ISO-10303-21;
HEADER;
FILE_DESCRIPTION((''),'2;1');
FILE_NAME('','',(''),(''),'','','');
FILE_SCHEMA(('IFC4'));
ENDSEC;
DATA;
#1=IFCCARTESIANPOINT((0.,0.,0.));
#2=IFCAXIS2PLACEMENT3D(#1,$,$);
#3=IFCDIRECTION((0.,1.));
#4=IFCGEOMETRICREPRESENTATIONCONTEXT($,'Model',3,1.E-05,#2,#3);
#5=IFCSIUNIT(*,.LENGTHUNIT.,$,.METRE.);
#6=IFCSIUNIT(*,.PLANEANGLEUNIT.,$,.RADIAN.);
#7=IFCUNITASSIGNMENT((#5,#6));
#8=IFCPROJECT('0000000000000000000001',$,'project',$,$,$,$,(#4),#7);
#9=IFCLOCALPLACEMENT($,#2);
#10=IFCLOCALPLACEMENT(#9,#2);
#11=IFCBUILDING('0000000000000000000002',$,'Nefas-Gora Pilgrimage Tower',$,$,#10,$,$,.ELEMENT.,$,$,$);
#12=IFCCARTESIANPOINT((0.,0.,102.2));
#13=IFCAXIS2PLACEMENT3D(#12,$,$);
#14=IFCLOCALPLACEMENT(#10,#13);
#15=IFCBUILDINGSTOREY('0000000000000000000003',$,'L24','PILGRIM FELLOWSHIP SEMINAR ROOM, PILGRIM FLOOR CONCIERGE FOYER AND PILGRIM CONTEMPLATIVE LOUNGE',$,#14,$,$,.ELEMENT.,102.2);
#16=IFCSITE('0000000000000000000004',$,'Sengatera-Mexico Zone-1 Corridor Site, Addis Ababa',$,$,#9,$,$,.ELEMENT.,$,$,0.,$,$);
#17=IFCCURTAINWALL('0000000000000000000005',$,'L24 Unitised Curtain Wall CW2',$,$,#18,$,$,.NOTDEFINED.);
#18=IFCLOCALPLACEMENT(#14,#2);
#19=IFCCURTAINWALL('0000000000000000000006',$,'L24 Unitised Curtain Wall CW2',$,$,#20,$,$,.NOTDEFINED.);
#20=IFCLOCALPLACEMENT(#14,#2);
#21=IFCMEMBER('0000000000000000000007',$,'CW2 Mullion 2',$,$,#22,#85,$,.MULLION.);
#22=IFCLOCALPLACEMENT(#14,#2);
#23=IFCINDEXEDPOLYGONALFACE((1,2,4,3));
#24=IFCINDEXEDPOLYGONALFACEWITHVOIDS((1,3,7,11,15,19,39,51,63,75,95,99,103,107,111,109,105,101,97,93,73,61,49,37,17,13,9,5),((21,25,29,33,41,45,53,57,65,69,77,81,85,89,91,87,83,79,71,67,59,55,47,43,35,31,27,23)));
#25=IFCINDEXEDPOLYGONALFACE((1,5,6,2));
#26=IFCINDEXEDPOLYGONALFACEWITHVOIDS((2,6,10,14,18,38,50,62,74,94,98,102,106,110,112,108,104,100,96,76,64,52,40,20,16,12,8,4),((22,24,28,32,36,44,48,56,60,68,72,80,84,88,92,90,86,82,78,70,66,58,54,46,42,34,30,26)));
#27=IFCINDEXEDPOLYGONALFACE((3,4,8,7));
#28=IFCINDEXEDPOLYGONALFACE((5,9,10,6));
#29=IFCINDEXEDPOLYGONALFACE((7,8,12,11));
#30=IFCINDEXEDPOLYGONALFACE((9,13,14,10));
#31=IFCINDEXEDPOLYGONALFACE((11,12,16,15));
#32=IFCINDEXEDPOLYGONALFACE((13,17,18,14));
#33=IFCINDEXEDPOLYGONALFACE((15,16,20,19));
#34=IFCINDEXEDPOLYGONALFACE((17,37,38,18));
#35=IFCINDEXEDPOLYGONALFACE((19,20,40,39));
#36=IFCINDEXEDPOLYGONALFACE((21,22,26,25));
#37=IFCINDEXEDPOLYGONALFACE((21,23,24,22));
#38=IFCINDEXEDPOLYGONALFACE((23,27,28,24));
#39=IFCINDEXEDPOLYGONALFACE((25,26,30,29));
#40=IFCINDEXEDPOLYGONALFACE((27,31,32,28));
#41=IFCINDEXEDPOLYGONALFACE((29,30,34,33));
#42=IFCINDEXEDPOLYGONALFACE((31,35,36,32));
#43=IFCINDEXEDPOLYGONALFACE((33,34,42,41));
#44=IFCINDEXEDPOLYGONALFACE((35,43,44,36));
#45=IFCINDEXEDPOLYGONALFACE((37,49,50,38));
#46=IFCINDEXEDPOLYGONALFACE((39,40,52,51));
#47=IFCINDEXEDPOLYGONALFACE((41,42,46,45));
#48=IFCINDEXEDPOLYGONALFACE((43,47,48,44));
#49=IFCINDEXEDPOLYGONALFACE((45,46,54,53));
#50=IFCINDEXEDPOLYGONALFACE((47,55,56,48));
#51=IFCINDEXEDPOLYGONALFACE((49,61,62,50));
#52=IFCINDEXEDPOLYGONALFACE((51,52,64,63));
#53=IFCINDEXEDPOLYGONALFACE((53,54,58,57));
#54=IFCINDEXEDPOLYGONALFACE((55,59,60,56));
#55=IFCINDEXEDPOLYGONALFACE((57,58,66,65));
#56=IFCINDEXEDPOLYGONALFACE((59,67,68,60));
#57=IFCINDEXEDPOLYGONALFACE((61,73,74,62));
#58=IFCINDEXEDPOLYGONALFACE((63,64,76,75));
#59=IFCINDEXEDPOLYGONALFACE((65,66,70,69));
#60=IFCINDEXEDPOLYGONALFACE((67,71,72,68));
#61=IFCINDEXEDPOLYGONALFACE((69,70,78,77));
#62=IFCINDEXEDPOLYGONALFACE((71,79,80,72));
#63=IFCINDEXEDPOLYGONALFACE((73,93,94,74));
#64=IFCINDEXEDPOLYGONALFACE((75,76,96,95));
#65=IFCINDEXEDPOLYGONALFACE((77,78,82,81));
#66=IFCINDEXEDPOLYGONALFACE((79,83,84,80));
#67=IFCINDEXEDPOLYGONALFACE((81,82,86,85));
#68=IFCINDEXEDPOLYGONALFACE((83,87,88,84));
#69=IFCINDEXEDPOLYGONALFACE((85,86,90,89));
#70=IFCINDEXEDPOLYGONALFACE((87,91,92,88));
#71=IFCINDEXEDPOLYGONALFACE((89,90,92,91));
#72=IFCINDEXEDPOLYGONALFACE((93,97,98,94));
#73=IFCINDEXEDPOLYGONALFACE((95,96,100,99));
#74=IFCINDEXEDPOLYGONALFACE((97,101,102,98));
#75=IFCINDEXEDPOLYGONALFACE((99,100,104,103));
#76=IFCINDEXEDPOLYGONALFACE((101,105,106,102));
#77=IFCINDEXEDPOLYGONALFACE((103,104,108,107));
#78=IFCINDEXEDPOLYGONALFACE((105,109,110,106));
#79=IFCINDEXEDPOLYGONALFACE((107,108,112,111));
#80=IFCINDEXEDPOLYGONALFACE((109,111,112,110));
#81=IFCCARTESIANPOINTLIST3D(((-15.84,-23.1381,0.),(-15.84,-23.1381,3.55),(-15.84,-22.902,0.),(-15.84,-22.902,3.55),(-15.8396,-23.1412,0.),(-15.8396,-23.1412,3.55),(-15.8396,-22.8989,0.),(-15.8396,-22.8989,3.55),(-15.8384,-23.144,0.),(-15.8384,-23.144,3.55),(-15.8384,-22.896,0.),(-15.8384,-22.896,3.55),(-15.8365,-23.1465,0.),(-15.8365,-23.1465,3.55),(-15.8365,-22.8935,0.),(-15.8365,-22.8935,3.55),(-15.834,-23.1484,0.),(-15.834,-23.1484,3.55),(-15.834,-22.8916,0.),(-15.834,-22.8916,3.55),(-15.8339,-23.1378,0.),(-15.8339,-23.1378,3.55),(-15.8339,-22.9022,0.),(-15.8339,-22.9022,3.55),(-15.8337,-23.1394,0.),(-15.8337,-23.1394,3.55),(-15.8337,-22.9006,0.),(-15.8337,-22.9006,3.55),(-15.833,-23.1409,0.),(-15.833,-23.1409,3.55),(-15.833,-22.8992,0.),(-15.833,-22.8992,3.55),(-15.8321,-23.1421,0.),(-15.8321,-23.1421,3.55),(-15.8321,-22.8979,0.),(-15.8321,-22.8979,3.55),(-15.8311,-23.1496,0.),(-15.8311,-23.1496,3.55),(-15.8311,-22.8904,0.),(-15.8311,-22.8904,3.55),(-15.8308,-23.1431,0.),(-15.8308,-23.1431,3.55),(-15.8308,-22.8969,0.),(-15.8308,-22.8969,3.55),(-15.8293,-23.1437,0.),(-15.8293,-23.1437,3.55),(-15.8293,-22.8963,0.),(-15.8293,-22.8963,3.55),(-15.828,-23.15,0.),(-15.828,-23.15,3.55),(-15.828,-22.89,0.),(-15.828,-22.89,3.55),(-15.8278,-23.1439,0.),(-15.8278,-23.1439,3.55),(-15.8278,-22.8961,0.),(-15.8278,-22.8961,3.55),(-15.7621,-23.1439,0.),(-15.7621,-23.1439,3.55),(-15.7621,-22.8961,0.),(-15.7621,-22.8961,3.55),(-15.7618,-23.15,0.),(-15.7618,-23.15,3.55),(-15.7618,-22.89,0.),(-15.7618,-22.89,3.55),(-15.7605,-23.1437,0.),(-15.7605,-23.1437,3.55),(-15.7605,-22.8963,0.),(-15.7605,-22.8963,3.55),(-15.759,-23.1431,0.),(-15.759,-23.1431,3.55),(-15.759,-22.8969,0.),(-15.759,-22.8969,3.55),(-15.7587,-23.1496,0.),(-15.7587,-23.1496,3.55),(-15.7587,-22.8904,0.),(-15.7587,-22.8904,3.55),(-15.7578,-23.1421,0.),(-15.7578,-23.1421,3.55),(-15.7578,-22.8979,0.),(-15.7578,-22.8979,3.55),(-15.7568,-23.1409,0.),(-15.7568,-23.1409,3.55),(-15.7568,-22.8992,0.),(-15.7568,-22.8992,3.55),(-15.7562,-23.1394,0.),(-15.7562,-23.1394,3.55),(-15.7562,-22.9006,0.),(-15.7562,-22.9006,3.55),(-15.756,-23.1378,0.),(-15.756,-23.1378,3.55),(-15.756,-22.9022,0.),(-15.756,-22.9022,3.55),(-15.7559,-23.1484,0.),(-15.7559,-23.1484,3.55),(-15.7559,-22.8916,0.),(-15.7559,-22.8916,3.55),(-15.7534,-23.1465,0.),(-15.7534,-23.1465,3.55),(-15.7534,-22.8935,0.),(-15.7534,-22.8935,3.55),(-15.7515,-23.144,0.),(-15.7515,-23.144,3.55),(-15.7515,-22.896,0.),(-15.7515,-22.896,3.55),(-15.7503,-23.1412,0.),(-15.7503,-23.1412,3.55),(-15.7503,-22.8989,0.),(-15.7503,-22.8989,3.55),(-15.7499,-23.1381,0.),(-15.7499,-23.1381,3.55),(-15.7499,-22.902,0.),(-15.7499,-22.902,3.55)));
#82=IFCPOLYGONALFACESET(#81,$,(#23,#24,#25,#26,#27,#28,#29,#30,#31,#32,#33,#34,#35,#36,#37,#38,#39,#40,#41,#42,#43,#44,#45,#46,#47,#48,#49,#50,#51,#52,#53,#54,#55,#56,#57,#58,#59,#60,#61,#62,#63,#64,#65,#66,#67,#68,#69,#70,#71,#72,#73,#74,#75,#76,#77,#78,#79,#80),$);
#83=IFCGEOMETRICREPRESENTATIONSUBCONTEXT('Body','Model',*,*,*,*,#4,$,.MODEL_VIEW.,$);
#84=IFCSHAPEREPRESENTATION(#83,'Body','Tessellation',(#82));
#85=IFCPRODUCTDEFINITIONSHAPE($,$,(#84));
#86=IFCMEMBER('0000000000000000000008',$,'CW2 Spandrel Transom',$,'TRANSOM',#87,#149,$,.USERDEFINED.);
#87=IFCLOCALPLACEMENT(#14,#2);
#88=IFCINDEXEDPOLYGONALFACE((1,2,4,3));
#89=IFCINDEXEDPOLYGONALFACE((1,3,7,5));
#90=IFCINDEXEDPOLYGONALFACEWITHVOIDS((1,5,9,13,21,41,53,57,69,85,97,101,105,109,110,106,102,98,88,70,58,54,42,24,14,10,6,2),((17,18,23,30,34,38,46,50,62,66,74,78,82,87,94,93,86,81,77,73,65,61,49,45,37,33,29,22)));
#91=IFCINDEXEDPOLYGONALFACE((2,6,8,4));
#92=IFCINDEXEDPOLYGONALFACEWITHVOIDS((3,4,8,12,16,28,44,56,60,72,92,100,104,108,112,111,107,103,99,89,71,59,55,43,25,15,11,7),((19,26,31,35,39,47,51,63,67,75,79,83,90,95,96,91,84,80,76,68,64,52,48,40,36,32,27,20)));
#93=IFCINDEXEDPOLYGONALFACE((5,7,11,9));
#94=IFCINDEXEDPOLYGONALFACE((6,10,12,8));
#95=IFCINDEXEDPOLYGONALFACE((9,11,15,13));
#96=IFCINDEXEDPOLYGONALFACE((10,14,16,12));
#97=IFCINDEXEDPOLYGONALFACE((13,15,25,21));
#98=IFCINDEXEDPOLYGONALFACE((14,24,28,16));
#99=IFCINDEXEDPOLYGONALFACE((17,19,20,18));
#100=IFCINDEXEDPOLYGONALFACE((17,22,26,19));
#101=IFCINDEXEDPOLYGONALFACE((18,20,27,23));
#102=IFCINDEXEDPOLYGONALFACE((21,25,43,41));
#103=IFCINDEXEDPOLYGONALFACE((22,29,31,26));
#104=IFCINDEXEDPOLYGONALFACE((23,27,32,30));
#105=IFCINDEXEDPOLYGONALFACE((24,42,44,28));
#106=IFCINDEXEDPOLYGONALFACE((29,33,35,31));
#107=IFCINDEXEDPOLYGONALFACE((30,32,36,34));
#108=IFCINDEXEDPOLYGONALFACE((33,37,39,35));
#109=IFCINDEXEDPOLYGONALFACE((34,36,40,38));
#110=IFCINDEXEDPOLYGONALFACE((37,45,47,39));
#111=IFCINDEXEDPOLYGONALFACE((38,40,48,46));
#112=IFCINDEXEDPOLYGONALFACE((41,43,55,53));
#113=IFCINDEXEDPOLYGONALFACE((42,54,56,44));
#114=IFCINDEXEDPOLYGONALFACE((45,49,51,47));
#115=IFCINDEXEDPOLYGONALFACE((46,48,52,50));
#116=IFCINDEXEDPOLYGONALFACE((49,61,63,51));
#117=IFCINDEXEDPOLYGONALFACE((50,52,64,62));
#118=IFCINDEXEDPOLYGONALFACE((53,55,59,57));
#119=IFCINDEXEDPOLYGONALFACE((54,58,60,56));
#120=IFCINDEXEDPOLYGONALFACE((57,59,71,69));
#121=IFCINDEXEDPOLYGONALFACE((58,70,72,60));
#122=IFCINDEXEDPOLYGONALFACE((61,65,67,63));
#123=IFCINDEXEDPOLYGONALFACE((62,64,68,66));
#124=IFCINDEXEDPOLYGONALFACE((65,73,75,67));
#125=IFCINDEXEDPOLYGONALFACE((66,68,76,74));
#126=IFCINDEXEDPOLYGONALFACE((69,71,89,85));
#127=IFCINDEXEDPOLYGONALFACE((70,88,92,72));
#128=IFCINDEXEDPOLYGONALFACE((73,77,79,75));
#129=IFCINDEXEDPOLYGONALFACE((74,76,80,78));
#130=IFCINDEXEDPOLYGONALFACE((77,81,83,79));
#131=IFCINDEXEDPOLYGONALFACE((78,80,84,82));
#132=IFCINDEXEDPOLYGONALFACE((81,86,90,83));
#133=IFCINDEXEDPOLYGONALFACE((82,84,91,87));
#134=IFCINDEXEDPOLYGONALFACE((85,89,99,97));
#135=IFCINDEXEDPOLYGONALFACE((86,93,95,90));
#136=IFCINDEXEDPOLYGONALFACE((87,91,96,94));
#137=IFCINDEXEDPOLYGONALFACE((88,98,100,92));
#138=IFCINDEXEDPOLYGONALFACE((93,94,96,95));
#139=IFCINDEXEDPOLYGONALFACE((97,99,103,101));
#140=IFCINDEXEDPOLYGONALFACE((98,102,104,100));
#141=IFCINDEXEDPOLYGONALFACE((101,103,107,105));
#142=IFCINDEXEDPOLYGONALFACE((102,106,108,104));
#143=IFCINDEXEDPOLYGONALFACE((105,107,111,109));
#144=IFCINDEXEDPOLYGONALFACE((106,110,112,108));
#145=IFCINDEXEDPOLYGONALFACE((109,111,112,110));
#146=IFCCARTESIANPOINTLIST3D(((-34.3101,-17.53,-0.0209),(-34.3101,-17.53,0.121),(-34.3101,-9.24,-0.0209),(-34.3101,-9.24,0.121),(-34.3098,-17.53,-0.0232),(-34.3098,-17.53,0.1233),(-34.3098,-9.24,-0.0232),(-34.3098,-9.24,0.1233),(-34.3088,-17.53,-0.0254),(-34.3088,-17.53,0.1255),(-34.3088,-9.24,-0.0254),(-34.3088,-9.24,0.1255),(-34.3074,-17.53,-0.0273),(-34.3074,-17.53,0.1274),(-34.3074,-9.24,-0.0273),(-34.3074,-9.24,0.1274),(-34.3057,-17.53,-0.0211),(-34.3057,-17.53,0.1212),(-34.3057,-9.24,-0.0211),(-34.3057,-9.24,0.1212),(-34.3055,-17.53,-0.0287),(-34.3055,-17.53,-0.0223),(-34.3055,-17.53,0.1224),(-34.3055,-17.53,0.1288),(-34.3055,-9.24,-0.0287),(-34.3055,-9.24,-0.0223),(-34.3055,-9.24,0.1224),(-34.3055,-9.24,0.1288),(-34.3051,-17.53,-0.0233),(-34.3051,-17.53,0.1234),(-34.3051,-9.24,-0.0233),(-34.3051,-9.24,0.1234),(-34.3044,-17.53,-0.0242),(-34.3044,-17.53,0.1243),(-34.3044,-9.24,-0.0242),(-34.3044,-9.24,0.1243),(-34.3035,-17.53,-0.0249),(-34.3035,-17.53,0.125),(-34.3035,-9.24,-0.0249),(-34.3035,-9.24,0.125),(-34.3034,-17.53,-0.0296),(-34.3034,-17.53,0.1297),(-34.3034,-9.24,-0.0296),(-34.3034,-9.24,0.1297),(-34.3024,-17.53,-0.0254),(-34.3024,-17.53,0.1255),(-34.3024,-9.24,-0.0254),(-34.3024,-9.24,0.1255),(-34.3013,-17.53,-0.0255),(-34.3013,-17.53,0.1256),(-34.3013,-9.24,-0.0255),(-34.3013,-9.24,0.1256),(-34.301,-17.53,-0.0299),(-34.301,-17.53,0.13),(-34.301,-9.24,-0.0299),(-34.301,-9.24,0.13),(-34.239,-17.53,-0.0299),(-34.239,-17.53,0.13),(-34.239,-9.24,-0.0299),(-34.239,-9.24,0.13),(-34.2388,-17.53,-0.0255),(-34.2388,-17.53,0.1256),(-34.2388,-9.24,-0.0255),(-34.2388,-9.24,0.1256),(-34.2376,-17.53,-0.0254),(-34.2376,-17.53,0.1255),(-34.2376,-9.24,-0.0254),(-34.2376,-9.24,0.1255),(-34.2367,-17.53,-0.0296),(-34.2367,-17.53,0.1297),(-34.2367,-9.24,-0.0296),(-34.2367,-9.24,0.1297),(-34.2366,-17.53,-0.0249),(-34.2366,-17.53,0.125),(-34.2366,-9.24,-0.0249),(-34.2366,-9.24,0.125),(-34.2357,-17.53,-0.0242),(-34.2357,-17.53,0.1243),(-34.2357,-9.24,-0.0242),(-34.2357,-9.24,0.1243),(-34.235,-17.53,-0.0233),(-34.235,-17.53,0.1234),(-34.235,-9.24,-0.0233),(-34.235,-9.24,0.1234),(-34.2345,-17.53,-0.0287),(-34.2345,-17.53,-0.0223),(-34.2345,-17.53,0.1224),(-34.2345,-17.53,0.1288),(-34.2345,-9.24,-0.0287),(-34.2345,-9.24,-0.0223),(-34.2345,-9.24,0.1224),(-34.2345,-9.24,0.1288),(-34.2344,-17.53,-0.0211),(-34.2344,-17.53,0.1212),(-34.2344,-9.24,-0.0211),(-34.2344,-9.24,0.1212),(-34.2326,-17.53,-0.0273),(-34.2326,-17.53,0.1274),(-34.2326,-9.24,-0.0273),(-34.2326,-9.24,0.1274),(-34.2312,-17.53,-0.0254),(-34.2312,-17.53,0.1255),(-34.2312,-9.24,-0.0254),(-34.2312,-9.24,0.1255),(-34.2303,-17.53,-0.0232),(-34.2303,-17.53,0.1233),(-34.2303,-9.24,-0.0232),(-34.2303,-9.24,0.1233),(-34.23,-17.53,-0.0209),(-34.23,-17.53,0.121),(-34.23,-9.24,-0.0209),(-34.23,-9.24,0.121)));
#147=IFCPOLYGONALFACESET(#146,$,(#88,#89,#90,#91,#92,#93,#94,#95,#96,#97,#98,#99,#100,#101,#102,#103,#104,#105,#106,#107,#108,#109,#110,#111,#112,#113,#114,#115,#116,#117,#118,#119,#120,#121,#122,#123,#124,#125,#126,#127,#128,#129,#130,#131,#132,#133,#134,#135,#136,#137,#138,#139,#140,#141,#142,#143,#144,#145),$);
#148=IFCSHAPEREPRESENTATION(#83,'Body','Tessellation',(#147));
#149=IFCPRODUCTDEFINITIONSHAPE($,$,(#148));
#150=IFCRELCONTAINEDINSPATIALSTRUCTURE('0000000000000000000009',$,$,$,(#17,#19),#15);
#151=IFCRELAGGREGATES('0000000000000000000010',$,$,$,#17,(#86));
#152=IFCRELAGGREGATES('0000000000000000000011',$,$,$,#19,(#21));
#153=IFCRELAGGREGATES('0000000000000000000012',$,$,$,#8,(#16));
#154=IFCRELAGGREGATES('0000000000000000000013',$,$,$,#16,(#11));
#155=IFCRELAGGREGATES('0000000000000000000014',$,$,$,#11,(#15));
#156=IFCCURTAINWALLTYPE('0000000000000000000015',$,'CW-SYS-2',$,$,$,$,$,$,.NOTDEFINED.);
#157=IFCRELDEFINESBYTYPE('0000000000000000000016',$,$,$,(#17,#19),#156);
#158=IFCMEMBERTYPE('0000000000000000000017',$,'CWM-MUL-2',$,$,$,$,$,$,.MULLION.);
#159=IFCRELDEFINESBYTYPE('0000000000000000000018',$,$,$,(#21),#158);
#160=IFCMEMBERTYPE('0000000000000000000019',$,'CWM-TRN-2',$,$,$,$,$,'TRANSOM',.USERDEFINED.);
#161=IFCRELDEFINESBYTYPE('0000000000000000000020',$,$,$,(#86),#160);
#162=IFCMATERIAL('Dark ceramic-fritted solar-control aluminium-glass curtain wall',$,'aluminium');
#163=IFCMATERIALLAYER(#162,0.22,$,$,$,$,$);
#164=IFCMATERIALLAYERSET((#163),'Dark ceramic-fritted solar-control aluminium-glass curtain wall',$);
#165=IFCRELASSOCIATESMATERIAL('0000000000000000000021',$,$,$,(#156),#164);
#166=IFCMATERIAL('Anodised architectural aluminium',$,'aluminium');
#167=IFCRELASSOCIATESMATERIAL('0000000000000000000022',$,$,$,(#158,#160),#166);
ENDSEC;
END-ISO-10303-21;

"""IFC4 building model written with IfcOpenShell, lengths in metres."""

from ifc_helpers import new_model, si_unit, direction, frame, origin, origin_2d, place, context, subcontext, project, spatial, hollow_rectangle, extrude, source, transform, mapped, material, layer, layer_set, material_profile, profile_set, type_object, element, aggregate, save


model = new_model("IFC4")

# Units and contexts
model_context = context("Model", 3, precision=1e-05, world=origin(), true_north=direction((0.0, 1.0)))
body_context = subcontext(model_context, "Body", "Model", "MODEL_VIEW")
ifc_project = project(units=[si_unit("LENGTHUNIT", "METRE"), si_unit("PLANEANGLEUNIT", "RADIAN")], contexts=[model_context])

# Site, building, storey
site_placement = place(None, origin())
site = spatial("IfcSite", under=ifc_project, at=site_placement, Name="Sengatera-Mexico Zone-1 Corridor Site, Addis Ababa", CompositionType="ELEMENT", RefElevation=0.0)
building_placement = place(site_placement, origin())
building = spatial("IfcBuilding", under=site, at=building_placement, Name="Nefas-Gora Pilgrimage Tower", CompositionType="ELEMENT")
storey_placement = place(building_placement, frame((0.0, 0.0, 102.2)))
storey = spatial("IfcBuildingStorey", under=building, at=storey_placement, Name="L24", Description="PILGRIM FELLOWSHIP SEMINAR ROOM, PILGRIM FLOOR CONCIERGE FOYER AND PILGRIM CONTEMPLATIVE LOUNGE", CompositionType="ELEMENT", Elevation=102.2)

# Shared definitions
ifc_material_1 = material(Name="Dark ceramic-fritted solar-control aluminium-glass curtain wall", Category="aluminium")
ifc_material_2 = material(Name="Anodised architectural aluminium", Category="aluminium")

# Curtain wall
ifc_layer_1 = layer(ifc_material_1, 0.22)
ifc_layer_set_1 = layer_set([ifc_layer_1], Name="Dark ceramic-fritted solar-control aluminium-glass curtain wall")
curtain_wall_type_1 = type_object("IfcCurtainWallType", Name="CW-SYS-2", PredefinedType="NOTDEFINED", material=ifc_layer_set_1)
curtain_wall_1_placement = place(storey_placement, origin())
curtain_wall_1 = element("IfcCurtainWall", 1, at=curtain_wall_1_placement, inside=storey, type_object=curtain_wall_type_1, Name="L24 Unitised Curtain Wall CW2", PredefinedType="NOTDEFINED")
ifc_material_profile_1 = material_profile(ifc_material_2, hollow_rectangle(XDim=0.0901, YDim=0.26, WallThickness=0.0061, InnerFilletRadius=0.0061, OuterFilletRadius=0.012, at=origin_2d()), Name="ALU MULLION 90x260")
ifc_profile_set_1 = profile_set([ifc_material_profile_1], Name="Anodised architectural aluminium")
member_type_1 = type_object("IfcMemberType", Name="CWM-MUL-2", PredefinedType="MULLION", material=ifc_profile_set_1)
shared_shape_1 = source(origin(), body_context, "Body", "SweptSolid", [
    extrude(hollow_rectangle(XDim=0.0901, YDim=0.26, WallThickness=0.0061, InnerFilletRadius=0.0061, OuterFilletRadius=0.012, at=origin_2d()), origin(), (0.0, 0.0, 1.0), 3.55),
])

# Curtain wall, member
curtain_wall_2_placement = place(storey_placement, origin())
curtain_wall_2 = element("IfcCurtainWall", 2, at=curtain_wall_2_placement, inside=storey, type_object=curtain_wall_type_1, Name="L24 Unitised Curtain Wall CW2", PredefinedType="NOTDEFINED")
member_1_placement = place(storey_placement, frame((-15.7949, -23.02, 0.0), z_axis=(0.0, 0.0, 1.0), x_axis=(1.0, 0.0, 0.0)))
member_1 = element("IfcMember", 3, at=member_1_placement, type_object=member_type_1, Name="CW2 Mullion 2", PredefinedType="MULLION", context=body_context, shape_type="MappedRepresentation", body=[
    mapped(shared_shape_1, transform((0.0, 0.0, 0.0), x_axis=(1.0, 0.0, 0.0), y_axis=(0.0, 1.0, 0.0), z_axis=(0.0, 0.0, 1.0), scale=1.0)),
])

# Member
ifc_material_profile_2 = material_profile(ifc_material_2, hollow_rectangle(XDim=0.0801, YDim=0.1599, WallThickness=0.0044, InnerFilletRadius=0.0044, OuterFilletRadius=0.009, at=origin_2d()), Name="ALU TRANSOM 80x160")
ifc_profile_set_2 = profile_set([ifc_material_profile_2], Name="Anodised architectural aluminium")
member_type_2 = type_object("IfcMemberType", Name="CWM-TRN-2", ElementType="TRANSOM", PredefinedType="USERDEFINED", material=ifc_profile_set_2)
shared_shape_2 = source(origin(), body_context, "Body", "SweptSolid", [
    extrude(hollow_rectangle(XDim=0.0801, YDim=0.1599, WallThickness=0.0044, InnerFilletRadius=0.0044, OuterFilletRadius=0.009, at=origin_2d()), origin(), (0.0, 0.0, 1.0), 8.29),
])
member_2_placement = place(storey_placement, frame((-34.27, -9.24, 0.05), z_axis=(0.0, -1.0, 0.0), x_axis=(1.0, 0.0, 0.0)))
member_2 = element("IfcMember", 4, at=member_2_placement, type_object=member_type_2, Name="CW2 Spandrel Transom", ObjectType="TRANSOM", PredefinedType="USERDEFINED", context=body_context, shape_type="MappedRepresentation", body=[
    mapped(shared_shape_2, transform((0.0, 0.0, 0.0), x_axis=(1.0, 0.0, 0.0), y_axis=(0.0, 1.0, 0.0), z_axis=(0.0, 0.0, 1.0), scale=1.0)),
])

aggregate(curtain_wall_1, [member_2])
aggregate(curtain_wall_2, [member_1])

save(model, "model.ifc")
